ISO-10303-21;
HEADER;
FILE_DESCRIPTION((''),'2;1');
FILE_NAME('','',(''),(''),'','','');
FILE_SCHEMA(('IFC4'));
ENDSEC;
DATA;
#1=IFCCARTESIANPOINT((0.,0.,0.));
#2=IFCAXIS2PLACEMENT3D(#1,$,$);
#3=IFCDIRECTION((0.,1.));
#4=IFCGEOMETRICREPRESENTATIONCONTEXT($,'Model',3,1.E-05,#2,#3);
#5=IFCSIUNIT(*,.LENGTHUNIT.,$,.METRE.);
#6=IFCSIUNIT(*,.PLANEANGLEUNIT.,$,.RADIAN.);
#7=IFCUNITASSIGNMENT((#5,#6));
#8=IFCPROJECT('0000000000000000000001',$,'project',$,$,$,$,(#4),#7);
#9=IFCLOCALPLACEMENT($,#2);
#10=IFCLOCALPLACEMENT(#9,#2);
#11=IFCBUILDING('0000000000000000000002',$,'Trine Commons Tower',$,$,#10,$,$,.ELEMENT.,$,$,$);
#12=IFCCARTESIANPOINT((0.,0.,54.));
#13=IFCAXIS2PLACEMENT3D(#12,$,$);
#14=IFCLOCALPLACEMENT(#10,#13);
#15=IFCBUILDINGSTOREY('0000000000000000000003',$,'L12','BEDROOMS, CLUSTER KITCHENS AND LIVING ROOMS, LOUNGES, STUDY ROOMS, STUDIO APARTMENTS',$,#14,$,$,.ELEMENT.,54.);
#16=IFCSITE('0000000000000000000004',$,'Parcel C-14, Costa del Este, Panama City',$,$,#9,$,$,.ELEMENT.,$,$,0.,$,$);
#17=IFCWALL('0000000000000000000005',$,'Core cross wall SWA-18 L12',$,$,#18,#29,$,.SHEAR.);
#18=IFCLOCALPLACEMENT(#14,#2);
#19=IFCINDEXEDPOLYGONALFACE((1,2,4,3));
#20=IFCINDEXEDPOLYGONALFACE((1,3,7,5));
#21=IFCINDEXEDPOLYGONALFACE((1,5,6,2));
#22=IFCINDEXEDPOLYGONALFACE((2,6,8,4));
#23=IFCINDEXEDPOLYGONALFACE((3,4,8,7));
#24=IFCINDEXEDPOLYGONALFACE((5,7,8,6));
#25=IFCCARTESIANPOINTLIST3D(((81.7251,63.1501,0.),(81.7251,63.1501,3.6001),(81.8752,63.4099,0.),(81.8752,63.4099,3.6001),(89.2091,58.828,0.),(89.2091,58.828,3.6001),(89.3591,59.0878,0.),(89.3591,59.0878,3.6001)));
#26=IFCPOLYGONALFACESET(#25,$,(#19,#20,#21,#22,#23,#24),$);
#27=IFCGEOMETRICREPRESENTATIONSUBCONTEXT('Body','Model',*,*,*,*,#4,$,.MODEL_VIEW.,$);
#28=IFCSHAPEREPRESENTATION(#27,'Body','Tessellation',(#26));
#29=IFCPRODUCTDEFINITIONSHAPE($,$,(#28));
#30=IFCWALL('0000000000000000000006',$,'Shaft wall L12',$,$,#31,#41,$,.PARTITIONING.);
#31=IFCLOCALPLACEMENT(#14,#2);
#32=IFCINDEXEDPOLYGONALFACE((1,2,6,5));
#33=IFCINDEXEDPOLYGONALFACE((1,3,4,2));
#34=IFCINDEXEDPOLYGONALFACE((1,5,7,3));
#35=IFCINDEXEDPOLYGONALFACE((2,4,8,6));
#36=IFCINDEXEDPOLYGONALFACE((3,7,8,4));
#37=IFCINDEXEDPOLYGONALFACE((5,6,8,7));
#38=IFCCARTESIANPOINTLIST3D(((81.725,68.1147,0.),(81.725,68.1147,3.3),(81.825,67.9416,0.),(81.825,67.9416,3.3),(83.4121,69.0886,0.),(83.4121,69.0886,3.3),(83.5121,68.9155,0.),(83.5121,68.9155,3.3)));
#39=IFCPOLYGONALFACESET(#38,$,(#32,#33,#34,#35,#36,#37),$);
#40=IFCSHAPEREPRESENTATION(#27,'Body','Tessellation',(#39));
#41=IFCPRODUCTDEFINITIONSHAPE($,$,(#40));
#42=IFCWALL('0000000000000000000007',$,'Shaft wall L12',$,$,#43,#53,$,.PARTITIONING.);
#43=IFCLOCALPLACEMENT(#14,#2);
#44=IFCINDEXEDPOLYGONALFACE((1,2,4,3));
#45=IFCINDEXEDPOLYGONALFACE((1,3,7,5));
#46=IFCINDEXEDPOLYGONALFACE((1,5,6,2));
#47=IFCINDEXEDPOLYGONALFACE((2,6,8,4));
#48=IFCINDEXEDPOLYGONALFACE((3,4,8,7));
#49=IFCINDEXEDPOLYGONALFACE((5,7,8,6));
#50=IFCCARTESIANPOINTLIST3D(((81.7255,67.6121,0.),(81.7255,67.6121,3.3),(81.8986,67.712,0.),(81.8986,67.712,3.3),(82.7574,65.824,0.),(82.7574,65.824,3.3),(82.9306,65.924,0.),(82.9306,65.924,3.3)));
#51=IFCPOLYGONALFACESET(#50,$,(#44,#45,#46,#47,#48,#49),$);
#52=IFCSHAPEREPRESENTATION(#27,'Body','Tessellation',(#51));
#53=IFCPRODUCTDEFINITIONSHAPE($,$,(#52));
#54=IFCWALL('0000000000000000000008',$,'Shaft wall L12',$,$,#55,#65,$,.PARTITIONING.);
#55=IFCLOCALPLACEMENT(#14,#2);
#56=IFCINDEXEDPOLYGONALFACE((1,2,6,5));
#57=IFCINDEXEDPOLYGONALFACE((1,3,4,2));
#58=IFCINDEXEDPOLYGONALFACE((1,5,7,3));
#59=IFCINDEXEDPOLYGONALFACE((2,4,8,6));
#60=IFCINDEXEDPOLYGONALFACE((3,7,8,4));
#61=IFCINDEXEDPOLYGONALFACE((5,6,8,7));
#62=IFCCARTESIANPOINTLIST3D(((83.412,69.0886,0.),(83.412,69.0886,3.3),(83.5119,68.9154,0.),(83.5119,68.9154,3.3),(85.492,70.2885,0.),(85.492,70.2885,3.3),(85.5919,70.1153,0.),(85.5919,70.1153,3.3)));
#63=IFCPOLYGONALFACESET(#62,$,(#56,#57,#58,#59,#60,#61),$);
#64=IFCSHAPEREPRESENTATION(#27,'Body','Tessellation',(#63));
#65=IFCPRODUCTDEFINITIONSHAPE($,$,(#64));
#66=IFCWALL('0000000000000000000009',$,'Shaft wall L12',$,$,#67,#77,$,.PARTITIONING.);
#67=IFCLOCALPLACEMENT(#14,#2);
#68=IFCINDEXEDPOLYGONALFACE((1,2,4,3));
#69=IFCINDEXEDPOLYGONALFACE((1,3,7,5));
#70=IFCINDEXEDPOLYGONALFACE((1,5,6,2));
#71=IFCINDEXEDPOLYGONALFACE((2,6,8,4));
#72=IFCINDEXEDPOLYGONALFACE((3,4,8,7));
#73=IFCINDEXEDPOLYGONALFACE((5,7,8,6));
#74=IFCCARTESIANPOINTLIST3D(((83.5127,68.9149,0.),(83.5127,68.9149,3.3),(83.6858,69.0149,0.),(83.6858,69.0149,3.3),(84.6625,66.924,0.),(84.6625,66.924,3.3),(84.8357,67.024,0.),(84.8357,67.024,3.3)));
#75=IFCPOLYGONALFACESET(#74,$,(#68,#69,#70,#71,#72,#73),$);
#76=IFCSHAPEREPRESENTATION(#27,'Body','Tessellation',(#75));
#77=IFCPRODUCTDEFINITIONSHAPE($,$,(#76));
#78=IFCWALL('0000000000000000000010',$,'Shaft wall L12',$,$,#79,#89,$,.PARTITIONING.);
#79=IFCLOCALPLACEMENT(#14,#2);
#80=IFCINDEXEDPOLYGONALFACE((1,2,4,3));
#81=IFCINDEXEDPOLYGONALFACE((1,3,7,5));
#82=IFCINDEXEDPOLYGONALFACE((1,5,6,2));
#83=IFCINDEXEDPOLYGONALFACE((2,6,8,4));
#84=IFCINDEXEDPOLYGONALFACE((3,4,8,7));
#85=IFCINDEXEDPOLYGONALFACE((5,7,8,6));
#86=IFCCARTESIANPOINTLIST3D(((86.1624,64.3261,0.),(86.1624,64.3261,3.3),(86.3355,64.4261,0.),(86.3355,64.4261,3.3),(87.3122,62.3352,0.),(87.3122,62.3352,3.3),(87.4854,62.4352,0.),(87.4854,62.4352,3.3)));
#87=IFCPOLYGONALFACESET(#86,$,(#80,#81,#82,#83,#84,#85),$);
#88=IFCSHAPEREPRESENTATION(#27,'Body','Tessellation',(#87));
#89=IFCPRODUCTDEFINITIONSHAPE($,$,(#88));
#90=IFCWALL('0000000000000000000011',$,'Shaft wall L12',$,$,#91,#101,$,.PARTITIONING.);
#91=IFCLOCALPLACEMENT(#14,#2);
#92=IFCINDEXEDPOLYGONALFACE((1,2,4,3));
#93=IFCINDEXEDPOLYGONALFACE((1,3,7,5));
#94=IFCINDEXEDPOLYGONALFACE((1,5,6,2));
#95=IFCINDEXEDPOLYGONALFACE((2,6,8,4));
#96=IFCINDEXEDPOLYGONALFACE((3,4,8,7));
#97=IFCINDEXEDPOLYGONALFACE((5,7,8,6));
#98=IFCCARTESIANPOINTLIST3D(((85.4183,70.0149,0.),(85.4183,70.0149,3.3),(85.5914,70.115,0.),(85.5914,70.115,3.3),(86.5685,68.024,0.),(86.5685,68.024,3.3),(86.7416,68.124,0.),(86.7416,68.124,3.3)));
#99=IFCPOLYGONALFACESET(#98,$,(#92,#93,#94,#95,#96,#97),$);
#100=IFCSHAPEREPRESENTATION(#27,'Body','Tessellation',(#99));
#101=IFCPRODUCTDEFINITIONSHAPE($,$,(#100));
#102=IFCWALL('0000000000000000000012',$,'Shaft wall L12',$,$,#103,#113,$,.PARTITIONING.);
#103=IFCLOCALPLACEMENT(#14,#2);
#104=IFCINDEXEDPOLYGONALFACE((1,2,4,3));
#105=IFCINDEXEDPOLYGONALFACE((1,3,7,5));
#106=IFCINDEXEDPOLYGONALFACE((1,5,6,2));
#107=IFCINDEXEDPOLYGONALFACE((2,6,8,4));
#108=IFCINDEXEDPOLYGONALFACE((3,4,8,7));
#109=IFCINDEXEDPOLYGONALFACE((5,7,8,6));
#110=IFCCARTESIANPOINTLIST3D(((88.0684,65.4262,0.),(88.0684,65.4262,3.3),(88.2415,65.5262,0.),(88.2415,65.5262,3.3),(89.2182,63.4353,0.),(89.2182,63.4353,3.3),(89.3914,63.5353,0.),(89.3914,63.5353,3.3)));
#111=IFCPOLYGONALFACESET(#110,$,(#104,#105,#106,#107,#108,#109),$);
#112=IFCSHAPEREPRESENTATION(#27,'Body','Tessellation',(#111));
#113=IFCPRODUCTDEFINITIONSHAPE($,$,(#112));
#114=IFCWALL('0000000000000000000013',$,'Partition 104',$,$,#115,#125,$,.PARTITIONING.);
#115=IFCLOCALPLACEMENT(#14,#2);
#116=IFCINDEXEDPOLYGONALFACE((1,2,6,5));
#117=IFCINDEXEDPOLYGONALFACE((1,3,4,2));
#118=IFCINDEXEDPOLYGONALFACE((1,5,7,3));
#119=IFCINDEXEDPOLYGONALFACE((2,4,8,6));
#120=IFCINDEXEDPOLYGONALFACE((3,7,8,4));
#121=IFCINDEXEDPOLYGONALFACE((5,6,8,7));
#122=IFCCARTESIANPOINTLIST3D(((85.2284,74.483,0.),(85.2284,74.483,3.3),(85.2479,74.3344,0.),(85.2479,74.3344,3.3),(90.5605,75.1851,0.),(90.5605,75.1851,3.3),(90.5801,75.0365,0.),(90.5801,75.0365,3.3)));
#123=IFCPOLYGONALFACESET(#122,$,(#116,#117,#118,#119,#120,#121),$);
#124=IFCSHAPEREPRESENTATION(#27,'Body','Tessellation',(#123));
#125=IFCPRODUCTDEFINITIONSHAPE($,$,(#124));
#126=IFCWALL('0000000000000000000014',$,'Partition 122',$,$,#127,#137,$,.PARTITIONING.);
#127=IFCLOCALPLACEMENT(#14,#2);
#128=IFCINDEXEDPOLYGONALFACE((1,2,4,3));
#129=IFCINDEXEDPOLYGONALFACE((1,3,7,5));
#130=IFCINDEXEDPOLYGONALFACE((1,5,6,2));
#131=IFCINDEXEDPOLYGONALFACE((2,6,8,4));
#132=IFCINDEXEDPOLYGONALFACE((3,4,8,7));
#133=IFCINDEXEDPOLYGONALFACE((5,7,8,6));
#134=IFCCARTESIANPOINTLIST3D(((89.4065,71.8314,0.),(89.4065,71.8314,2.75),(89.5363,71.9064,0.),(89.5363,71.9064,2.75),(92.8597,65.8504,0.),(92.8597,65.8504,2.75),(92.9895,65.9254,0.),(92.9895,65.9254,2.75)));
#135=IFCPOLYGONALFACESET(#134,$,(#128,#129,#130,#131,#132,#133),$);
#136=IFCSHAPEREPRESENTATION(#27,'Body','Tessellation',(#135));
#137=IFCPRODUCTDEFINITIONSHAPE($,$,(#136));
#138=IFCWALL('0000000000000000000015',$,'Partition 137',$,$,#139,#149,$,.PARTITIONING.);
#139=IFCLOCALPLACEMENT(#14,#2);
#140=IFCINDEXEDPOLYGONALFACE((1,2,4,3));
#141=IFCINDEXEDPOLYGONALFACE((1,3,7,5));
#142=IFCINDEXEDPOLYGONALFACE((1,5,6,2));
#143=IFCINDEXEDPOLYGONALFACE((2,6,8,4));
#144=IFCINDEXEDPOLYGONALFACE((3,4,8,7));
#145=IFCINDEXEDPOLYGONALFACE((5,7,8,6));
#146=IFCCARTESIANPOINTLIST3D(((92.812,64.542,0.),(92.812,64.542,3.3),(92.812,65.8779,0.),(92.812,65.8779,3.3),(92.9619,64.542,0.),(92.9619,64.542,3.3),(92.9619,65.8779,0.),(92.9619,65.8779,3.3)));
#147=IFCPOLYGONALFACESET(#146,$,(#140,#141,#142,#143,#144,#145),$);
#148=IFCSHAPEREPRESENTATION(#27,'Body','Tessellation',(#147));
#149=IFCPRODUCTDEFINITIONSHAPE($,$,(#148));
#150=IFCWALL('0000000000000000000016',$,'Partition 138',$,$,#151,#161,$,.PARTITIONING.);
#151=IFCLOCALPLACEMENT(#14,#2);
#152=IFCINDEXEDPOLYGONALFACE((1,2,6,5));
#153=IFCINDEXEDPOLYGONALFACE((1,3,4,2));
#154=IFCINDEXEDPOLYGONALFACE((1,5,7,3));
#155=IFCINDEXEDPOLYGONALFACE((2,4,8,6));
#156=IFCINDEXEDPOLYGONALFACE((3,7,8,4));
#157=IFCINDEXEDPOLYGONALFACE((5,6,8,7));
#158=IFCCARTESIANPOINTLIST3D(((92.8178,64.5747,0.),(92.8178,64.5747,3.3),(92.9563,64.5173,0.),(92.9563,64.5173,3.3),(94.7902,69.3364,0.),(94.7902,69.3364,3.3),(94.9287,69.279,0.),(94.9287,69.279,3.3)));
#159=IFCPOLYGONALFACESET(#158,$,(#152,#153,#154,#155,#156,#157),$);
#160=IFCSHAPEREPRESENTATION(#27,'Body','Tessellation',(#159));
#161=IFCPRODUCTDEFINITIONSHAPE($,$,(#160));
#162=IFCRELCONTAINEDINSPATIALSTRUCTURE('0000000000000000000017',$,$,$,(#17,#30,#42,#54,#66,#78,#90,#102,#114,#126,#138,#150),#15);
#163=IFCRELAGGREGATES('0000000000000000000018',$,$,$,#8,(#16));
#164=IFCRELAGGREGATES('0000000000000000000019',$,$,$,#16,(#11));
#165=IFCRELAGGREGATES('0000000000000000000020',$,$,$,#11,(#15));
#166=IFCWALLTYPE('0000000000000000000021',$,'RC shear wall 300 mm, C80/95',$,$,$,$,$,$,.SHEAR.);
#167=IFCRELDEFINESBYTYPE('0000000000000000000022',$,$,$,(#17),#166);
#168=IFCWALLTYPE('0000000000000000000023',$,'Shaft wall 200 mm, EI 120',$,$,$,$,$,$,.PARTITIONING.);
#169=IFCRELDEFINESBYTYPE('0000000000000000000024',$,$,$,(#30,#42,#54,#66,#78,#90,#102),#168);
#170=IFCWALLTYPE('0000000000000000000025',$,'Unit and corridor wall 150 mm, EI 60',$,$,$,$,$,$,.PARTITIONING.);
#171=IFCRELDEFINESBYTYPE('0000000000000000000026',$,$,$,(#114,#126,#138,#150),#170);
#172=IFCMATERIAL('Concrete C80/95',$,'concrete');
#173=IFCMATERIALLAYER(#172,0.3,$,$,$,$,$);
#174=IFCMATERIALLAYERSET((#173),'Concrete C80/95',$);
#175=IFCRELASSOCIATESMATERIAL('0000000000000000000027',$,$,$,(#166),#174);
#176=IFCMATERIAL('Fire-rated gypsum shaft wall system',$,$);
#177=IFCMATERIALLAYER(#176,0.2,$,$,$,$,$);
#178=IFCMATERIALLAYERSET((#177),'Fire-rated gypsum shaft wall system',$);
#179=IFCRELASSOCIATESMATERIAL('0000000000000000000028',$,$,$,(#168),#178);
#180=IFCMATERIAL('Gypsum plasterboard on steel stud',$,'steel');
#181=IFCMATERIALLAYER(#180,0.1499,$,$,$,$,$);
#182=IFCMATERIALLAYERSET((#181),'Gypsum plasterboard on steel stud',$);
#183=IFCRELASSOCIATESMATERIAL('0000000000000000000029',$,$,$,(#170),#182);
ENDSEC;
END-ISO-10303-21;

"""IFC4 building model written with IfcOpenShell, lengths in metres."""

from ifc_helpers import new_model, si_unit, direction, frame, frame_2d, origin, place, context, subcontext, project, spatial, rectangle, extrude, material, layer, layer_set, type_object, element, save


model = new_model("IFC4")

# Units and contexts
model_context = context("Model", 3, precision=1e-05, world=origin(), true_north=direction((0.0, 1.0)))
body_context = subcontext(model_context, "Body", "Model", "MODEL_VIEW")
ifc_project = project(units=[si_unit("LENGTHUNIT", "METRE"), si_unit("PLANEANGLEUNIT", "RADIAN")], contexts=[model_context])

# Site, building, storey
site_placement = place(None, origin())
site = spatial("IfcSite", under=ifc_project, at=site_placement, Name="Parcel C-14, Costa del Este, Panama City", CompositionType="ELEMENT", RefElevation=0.0)
building_placement = place(site_placement, origin())
building = spatial("IfcBuilding", under=site, at=building_placement, Name="Trine Commons Tower", CompositionType="ELEMENT")
storey_placement = place(building_placement, frame((0.0, 0.0, 54.0)))
storey = spatial("IfcBuildingStorey", under=building, at=storey_placement, Name="L12", Description="BEDROOMS, CLUSTER KITCHENS AND LIVING ROOMS, LOUNGES, STUDY ROOMS, STUDIO APARTMENTS", CompositionType="ELEMENT", Elevation=54.0)

# Shared definitions
ifc_material_1 = material(Name="Concrete C80/95", Category="concrete")
ifc_layer_1 = layer(ifc_material_1, 0.3)
ifc_layer_set_1 = layer_set([ifc_layer_1], Name="Concrete C80/95")
wall_type_1 = type_object("IfcWallType", Name="RC shear wall 300 mm, C80/95", PredefinedType="SHEAR", material=ifc_layer_set_1)

# Walls
wall_1_placement = place(storey_placement, frame((81.8, 63.28, 0.0), z_axis=(0.0, 0.0, 1.0), x_axis=(0.865965, -0.500104, 0.0)))
element("IfcWall", 1, at=wall_1_placement, inside=storey, type_object=wall_type_1, Name="Core cross wall SWA-18 L12", PredefinedType="SHEAR", context=body_context, shape_type="SweptSolid", body=[
    extrude(rectangle(XDim=8.6423, YDim=0.3, at=frame_2d((4.3213, 0.0))), origin(), (0.0, 0.0, 1.0), 3.6001),
])
ifc_material_2 = material(Name="Fire-rated gypsum shaft wall system")
ifc_layer_2 = layer(ifc_material_2, 0.2)
ifc_layer_set_2 = layer_set([ifc_layer_2], Name="Fire-rated gypsum shaft wall system")
wall_type_2 = type_object("IfcWallType", Name="Shaft wall 200 mm, EI 120", PredefinedType="PARTITIONING", material=ifc_layer_set_2)
wall_2_placement = place(storey_placement, frame((81.7749, 68.0281, 0.0), z_axis=(0.0, 0.0, 1.0), x_axis=(0.866052, 0.499954, 0.0)))
element("IfcWall", 2, at=wall_2_placement, inside=storey, type_object=wall_type_2, Name="Shaft wall L12", PredefinedType="PARTITIONING", context=body_context, shape_type="SweptSolid", body=[
    extrude(rectangle(XDim=1.948, YDim=0.2, at=frame_2d((0.9741, 0.0))), origin(), (0.0, 0.0, 1.0), 3.3),
])
wall_3_placement = place(storey_placement, frame((82.844, 65.874, 0.0), z_axis=(0.0, 0.0, 1.0), x_axis=(-0.499866, 0.866103, 0.0)))
element("IfcWall", 3, at=wall_3_placement, inside=storey, type_object=wall_type_2, Name="Shaft wall L12", PredefinedType="PARTITIONING", context=body_context, shape_type="SweptSolid", body=[
    extrude(rectangle(XDim=2.0645, YDim=0.2, at=frame_2d((1.0322, 0.0))), origin(), (0.0, 0.0, 1.0), 3.3),
])
wall_4_placement = place(storey_placement, frame((83.4619, 69.002, 0.0), z_axis=(0.0, 0.0, 1.0), x_axis=(0.866203, 0.499693, 0.0)))
element("IfcWall", 4, at=wall_4_placement, inside=storey, type_object=wall_type_2, Name="Shaft wall L12", PredefinedType="PARTITIONING", context=body_context, shape_type="SweptSolid", body=[
    extrude(rectangle(XDim=2.4014, YDim=0.2, at=frame_2d((1.2007, 0.0))), origin(), (0.0, 0.0, 1.0), 3.3),
])
for number, where, z_axis, x_axis, name in (
    (5, (84.749, 66.9741, 0.0), (0.0, 0.0, 1.0), (-0.500136, 0.865947, 0.0), "Shaft wall L12"),
    (6, (86.249, 64.376, 0.0), (0.0, 0.0, 1.0), (0.500136, -0.865947, 0.0), "Shaft wall L12"),
):
    element("IfcWall", number, at=place(storey_placement, frame(where, z_axis=z_axis, x_axis=x_axis)), inside=storey, type_object=wall_type_2, Name=name, PredefinedType="PARTITIONING", context=body_context, shape_type="SweptSolid", body=[
        extrude(rectangle(XDim=2.2991, YDim=0.2, at=frame_2d((1.1494, 0.0))), origin(), (0.0, 0.0, 1.0), 3.3),
    ])
wall_5_placement = place(storey_placement, frame((86.655, 68.074, 0.0), z_axis=(0.0, 0.0, 1.0), x_axis=(-0.500216, 0.865901, 0.0)))
element("IfcWall", 7, at=wall_5_placement, inside=storey, type_object=wall_type_2, Name="Shaft wall L12", PredefinedType="PARTITIONING", context=body_context, shape_type="SweptSolid", body=[
    extrude(rectangle(XDim=2.2993, YDim=0.2, at=frame_2d((1.1497, 0.0))), origin(), (0.0, 0.0, 1.0), 3.3),
])
wall_6_placement = place(storey_placement, frame((88.155, 65.4761, 0.0), z_axis=(0.0, 0.0, 1.0), x_axis=(0.500136, -0.865947, 0.0)))
element("IfcWall", 8, at=wall_6_placement, inside=storey, type_object=wall_type_2, Name="Shaft wall L12", PredefinedType="PARTITIONING", context=body_context, shape_type="SweptSolid", body=[
    extrude(rectangle(XDim=2.2991, YDim=0.2, at=frame_2d((1.1494, 0.0))), origin(), (0.0, 0.0, 1.0), 3.3),
])
ifc_material_3 = material(Name="Gypsum plasterboard on steel stud", Category="steel")
ifc_layer_3 = layer(ifc_material_3, 0.1499)
ifc_layer_set_3 = layer_set([ifc_layer_3], Name="Gypsum plasterboard on steel stud")
wall_type_3 = type_object("IfcWallType", Name="Unit and corridor wall 150 mm, EI 60", PredefinedType="PARTITIONING", material=ifc_layer_set_3)
wall_7_placement = place(storey_placement, frame((85.2383, 74.4087, 0.0), z_axis=(0.0, 0.0, 1.0), x_axis=(0.991441, 0.130558, 0.0)))
element("IfcWall", 9, at=wall_7_placement, inside=storey, type_object=wall_type_3, Name="Partition 104", PredefinedType="PARTITIONING", context=body_context, shape_type="SweptSolid", body=[
    extrude(rectangle(XDim=5.3782, YDim=0.1499, at=frame_2d((2.689, 0.0))), origin(), (0.0, 0.0, 1.0), 3.3),
])
wall_8_placement = place(storey_placement, frame((89.4714, 71.8689, 0.0), z_axis=(0.0, 0.0, 1.0), x_axis=(0.500002, -0.866024, 0.0)))
element("IfcWall", 10, at=wall_8_placement, inside=storey, type_object=wall_type_3, Name="Partition 122", PredefinedType="PARTITIONING", context=body_context, shape_type="SweptSolid", body=[
    extrude(rectangle(XDim=6.9062, YDim=0.1499, at=frame_2d((3.4531, 0.0))), origin(), (0.0, 0.0, 1.0), 2.75),
])
wall_9_placement = place(storey_placement, frame((92.887, 64.542, 0.0), z_axis=(0.0, 0.0, 1.0), x_axis=(0.0, 1.0, 0.0)))
element("IfcWall", 11, at=wall_9_placement, inside=storey, type_object=wall_type_3, Name="Partition 137", PredefinedType="PARTITIONING", context=body_context, shape_type="SweptSolid", body=[
    extrude(rectangle(XDim=1.3359, YDim=0.1499, at=frame_2d((0.668, 0.0))), origin(), (0.0, 0.0, 1.0), 3.3),
])
wall_10_placement = place(storey_placement, frame((92.887, 64.5459, 0.0), z_axis=(0.0, 0.0, 1.0), x_axis=(0.382691, 0.923877, 0.0)))
element("IfcWall", 12, at=wall_10_placement, inside=storey, type_object=wall_type_3, Name="Partition 138", PredefinedType="PARTITIONING", context=body_context, shape_type="SweptSolid", body=[
    extrude(rectangle(XDim=5.1541, YDim=0.1499, at=frame_2d((2.5771, 0.0))), origin(), (0.0, 0.0, 1.0), 3.3),
])

save(model, "model.ifc")
